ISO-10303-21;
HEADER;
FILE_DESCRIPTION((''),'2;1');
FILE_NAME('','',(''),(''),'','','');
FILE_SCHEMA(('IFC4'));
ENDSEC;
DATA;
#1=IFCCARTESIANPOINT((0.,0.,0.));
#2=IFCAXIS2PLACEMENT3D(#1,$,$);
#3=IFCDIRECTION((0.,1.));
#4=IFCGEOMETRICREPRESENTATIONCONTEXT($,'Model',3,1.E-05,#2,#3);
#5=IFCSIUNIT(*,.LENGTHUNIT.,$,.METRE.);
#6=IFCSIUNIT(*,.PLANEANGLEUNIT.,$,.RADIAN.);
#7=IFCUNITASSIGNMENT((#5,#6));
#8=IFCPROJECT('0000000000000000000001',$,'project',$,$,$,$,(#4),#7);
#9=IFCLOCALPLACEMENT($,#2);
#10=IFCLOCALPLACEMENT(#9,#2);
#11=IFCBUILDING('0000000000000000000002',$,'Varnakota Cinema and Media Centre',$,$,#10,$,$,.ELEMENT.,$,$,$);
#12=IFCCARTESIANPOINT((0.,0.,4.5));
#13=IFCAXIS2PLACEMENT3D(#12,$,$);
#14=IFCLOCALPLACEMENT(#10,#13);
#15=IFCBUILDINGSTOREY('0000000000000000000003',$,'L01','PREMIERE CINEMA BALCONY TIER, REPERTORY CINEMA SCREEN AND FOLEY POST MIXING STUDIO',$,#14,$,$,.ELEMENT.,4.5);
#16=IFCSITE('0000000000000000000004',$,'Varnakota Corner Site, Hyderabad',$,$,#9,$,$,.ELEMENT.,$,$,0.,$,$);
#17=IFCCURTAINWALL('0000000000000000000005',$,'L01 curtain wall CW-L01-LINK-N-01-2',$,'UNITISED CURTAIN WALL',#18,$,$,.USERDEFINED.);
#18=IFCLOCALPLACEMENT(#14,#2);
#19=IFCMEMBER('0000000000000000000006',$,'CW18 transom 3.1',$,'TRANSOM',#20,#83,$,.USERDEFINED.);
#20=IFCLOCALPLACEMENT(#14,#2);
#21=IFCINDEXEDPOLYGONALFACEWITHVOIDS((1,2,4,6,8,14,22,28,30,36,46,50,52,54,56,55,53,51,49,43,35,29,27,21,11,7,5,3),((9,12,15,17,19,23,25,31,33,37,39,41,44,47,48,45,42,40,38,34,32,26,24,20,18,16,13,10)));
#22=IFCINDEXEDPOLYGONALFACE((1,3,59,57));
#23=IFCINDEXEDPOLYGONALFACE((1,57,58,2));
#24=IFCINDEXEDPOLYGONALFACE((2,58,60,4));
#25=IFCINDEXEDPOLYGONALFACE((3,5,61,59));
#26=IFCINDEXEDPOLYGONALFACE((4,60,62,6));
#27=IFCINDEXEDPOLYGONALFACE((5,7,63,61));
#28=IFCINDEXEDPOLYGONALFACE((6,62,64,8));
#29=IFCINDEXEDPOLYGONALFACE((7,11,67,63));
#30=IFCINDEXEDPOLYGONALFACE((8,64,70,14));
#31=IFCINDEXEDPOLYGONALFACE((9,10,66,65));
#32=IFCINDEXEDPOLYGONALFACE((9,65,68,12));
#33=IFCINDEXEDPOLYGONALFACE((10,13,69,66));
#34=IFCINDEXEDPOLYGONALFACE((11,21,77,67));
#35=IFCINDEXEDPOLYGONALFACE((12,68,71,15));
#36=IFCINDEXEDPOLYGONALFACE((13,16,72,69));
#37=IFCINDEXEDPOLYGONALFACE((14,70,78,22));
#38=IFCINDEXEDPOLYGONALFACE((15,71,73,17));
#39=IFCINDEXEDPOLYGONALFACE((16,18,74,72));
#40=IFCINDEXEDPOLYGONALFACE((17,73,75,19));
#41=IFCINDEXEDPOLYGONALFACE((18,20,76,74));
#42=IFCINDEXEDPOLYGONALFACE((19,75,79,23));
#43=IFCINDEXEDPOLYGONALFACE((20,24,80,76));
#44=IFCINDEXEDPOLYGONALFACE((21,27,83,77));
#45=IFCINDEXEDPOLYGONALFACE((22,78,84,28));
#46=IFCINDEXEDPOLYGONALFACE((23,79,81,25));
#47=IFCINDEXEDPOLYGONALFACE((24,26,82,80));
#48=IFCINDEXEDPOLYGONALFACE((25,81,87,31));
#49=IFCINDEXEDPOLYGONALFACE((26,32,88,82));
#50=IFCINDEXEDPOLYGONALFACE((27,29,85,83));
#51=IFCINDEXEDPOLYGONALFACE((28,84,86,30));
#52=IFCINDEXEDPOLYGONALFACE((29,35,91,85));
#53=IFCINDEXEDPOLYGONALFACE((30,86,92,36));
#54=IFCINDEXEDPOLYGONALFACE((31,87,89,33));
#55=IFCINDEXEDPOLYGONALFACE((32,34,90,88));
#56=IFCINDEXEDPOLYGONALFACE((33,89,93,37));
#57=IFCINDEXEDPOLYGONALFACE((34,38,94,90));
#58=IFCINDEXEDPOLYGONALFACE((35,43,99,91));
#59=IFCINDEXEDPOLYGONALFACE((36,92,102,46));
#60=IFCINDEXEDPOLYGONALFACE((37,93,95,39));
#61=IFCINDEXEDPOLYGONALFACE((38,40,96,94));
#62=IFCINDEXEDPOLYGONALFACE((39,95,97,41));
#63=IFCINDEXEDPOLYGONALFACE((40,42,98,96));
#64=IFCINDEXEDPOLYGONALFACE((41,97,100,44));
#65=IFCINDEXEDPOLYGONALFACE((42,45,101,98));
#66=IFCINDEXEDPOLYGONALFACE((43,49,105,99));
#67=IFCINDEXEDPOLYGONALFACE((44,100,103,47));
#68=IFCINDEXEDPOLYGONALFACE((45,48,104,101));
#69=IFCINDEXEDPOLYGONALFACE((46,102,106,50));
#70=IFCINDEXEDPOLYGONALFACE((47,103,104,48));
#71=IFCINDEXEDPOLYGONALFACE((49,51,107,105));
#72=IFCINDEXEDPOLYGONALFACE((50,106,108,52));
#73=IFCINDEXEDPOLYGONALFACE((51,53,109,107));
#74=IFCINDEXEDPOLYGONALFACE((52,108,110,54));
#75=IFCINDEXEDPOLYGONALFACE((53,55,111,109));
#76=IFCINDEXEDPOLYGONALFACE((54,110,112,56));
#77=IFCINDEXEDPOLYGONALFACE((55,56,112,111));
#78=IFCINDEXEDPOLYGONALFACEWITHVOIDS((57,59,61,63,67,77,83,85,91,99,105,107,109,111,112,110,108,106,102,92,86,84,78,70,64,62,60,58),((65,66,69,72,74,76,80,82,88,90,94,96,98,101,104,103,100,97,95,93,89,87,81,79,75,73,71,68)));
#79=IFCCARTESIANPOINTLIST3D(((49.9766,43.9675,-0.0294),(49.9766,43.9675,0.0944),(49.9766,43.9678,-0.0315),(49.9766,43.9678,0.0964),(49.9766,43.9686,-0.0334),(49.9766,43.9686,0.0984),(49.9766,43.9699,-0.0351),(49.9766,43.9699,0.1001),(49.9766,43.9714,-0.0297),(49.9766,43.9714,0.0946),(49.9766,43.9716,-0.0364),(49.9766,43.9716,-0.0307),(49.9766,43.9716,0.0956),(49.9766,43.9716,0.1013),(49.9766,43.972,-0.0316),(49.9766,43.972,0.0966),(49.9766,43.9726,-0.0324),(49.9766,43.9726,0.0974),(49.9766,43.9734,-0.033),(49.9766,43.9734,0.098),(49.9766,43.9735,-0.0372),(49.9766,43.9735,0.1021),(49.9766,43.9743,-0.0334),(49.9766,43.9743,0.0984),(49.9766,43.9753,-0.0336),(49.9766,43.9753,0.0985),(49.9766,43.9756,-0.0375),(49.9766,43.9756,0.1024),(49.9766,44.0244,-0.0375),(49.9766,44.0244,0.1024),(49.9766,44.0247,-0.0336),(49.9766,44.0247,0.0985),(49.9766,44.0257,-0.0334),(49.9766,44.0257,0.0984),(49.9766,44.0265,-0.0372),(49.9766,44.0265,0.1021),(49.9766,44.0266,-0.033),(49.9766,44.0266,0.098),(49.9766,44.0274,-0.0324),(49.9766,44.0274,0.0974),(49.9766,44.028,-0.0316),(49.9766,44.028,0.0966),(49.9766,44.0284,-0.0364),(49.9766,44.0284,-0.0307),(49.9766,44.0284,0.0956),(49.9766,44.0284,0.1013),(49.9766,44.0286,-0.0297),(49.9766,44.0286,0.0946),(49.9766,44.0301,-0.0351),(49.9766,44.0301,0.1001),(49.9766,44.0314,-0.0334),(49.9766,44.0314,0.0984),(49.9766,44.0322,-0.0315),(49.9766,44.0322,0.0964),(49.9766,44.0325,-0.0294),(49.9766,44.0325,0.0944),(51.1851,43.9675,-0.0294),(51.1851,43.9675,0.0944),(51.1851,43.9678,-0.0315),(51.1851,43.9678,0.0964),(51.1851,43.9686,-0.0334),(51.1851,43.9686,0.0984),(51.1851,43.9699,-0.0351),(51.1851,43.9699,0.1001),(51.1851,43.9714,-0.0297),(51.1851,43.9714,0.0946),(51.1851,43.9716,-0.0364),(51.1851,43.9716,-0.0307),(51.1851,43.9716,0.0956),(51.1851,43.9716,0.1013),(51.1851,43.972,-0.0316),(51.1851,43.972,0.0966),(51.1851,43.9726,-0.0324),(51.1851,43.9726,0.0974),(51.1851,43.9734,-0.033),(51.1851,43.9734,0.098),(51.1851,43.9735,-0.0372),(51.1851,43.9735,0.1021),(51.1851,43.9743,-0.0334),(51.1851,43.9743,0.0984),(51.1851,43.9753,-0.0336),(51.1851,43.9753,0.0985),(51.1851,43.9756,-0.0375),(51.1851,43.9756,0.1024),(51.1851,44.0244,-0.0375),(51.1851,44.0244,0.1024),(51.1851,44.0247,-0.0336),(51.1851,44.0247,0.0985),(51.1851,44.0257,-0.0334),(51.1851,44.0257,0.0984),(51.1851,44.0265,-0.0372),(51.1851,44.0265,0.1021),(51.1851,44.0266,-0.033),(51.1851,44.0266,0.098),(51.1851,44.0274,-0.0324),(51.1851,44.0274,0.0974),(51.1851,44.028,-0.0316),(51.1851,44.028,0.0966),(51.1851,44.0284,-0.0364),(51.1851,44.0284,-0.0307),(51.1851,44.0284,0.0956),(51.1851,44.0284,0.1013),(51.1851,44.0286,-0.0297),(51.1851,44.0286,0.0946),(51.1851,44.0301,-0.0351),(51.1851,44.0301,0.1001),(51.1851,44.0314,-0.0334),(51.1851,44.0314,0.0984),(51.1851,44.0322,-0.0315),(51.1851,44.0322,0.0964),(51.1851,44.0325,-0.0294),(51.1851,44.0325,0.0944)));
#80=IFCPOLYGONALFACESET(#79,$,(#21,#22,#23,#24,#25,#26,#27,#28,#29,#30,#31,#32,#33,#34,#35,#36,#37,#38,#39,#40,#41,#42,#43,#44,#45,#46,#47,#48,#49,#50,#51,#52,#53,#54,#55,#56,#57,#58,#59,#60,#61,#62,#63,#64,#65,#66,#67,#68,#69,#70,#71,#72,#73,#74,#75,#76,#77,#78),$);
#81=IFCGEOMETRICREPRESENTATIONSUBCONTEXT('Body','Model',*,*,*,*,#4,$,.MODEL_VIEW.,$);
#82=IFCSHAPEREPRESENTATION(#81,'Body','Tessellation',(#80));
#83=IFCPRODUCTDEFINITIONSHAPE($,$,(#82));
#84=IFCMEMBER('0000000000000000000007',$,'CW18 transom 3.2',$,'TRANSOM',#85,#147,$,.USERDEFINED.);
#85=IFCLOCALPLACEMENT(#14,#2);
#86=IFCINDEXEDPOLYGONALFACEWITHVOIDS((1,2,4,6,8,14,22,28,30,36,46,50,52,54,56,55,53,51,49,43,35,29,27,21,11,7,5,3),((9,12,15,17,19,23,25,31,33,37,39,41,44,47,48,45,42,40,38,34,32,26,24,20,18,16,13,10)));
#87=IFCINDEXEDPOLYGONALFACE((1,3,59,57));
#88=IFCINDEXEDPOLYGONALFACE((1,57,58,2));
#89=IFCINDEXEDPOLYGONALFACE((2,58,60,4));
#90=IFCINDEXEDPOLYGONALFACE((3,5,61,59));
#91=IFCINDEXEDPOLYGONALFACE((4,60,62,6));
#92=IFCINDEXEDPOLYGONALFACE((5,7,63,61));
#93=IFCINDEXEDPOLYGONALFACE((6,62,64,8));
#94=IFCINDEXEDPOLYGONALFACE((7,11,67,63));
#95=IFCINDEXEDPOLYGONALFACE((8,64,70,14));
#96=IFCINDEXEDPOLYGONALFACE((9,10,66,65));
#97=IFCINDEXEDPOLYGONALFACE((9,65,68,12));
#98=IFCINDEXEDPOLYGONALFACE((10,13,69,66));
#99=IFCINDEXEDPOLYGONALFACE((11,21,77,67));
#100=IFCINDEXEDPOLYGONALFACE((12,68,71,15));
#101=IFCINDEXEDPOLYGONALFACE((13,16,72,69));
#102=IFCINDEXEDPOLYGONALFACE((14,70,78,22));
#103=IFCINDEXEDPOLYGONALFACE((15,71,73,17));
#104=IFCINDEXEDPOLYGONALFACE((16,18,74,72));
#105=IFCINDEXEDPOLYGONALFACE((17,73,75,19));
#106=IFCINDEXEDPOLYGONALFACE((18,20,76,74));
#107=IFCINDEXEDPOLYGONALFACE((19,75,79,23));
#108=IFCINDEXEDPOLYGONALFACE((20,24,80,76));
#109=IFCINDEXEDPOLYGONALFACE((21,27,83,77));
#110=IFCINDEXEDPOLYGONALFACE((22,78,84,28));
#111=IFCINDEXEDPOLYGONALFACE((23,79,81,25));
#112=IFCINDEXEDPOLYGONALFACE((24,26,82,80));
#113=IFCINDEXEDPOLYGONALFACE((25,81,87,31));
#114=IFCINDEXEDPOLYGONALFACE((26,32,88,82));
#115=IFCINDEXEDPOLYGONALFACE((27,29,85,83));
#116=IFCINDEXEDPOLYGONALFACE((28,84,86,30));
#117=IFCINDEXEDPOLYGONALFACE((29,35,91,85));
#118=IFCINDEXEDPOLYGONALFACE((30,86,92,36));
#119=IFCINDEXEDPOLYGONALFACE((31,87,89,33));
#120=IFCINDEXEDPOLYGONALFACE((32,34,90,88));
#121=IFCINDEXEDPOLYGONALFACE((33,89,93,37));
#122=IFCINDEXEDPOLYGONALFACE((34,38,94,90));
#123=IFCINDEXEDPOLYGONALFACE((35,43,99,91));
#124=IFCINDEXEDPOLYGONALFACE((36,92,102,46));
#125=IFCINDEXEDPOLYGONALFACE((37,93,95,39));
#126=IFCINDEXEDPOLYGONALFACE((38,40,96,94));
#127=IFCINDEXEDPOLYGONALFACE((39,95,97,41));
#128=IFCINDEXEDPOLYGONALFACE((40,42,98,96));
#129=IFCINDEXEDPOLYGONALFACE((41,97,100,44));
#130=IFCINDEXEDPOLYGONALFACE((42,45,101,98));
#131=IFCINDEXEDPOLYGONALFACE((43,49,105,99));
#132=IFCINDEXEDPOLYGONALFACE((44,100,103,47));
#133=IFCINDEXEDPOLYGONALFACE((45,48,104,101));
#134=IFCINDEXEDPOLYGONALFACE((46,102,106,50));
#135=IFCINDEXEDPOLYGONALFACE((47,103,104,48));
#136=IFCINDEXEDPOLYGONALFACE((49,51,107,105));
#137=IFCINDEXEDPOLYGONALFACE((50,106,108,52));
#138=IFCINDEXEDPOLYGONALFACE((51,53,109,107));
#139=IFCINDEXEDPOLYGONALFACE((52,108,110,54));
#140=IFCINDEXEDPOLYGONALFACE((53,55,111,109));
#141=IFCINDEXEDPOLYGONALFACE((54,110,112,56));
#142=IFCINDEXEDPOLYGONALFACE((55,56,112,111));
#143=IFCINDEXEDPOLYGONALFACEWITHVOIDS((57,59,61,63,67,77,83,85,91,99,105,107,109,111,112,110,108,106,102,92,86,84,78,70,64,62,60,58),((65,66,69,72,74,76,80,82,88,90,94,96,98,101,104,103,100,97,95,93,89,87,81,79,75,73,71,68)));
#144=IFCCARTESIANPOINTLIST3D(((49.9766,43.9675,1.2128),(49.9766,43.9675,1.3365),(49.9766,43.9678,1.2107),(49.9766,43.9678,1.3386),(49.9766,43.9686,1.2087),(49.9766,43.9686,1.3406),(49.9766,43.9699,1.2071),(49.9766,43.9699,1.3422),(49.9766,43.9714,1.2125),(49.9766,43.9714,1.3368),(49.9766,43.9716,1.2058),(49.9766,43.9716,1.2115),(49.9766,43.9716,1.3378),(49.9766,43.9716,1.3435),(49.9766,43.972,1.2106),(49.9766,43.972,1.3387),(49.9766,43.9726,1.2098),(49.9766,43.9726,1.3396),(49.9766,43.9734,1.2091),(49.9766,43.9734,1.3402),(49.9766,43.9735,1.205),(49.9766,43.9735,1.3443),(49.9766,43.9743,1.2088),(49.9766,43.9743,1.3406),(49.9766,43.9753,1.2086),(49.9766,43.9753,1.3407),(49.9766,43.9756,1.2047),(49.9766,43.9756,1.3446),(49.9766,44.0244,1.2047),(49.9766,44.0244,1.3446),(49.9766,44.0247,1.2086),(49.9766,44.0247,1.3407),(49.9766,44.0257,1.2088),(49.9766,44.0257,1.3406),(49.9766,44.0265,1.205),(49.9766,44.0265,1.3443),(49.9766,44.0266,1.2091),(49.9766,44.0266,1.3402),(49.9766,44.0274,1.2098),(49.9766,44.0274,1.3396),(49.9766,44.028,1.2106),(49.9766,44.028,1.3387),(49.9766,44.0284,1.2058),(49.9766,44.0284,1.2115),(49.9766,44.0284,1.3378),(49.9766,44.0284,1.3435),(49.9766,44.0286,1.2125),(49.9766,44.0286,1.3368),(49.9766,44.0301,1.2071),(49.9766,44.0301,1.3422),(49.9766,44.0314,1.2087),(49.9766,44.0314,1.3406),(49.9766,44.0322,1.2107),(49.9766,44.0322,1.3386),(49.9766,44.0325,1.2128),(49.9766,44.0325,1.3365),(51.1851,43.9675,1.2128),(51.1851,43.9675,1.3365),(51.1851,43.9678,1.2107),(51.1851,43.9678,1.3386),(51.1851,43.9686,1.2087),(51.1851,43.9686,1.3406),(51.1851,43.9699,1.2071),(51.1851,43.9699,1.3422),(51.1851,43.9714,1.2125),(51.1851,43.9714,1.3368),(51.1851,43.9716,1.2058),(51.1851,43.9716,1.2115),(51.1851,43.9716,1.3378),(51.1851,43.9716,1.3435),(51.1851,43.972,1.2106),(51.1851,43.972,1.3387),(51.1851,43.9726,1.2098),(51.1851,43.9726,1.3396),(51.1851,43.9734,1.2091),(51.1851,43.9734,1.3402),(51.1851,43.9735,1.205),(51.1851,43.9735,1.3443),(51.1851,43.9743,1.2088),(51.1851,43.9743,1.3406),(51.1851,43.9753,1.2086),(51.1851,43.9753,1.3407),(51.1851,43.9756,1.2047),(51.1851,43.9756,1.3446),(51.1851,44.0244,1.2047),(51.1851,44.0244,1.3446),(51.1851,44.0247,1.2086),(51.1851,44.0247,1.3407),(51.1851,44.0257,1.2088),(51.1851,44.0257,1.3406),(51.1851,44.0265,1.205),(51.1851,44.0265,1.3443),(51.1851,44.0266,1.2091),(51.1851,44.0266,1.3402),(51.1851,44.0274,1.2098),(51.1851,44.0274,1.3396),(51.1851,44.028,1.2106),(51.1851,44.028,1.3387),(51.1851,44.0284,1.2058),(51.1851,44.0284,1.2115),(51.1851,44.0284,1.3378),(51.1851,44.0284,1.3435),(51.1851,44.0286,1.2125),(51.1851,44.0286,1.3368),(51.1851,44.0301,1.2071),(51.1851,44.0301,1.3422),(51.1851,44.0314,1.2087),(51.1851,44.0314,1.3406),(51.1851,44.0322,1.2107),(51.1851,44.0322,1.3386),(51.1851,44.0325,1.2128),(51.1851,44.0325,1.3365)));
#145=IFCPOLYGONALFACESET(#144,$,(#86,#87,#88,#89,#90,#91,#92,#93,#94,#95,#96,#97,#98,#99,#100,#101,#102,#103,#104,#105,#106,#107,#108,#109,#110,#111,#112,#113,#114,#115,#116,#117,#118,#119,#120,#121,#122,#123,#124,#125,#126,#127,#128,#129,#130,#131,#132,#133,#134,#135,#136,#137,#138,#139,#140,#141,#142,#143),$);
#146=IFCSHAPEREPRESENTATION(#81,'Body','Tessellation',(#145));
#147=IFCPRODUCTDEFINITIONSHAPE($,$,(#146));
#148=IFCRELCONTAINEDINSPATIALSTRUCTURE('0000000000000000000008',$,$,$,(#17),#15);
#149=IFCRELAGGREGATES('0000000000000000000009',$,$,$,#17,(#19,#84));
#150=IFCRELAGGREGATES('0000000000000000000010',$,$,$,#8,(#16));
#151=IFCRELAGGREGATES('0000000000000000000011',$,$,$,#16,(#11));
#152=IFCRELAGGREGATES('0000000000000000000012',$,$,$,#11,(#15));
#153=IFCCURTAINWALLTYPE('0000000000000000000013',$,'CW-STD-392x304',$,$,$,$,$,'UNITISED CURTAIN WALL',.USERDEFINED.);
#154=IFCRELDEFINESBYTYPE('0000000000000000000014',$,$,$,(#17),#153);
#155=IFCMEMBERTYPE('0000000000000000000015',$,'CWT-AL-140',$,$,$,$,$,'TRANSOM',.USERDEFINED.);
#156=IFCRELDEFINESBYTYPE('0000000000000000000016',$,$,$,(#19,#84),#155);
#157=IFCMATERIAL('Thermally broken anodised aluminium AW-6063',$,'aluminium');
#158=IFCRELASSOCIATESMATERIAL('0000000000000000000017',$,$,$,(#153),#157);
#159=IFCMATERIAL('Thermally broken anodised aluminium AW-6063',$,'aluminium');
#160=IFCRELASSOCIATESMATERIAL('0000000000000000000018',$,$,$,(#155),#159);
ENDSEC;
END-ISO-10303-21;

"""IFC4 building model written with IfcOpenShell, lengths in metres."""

from ifc_helpers import new_model, si_unit, direction, frame, origin, origin_2d, place, context, subcontext, project, spatial, hollow_rectangle, extrude, material, material_profile, profile_set, type_object, element, aggregate, save


model = new_model("IFC4")

# Units and contexts
model_context = context("Model", 3, precision=1e-05, world=origin(), true_north=direction((0.0, 1.0)))
body_context = subcontext(model_context, "Body", "Model", "MODEL_VIEW")
ifc_project = project(units=[si_unit("LENGTHUNIT", "METRE"), si_unit("PLANEANGLEUNIT", "RADIAN")], contexts=[model_context])

# Site, building, storey
site_placement = place(None, origin())
site = spatial("IfcSite", under=ifc_project, at=site_placement, Name="Varnakota Corner Site, Hyderabad", CompositionType="ELEMENT", RefElevation=0.0)
building_placement = place(site_placement, origin())
building = spatial("IfcBuilding", under=site, at=building_placement, Name="Varnakota Cinema and Media Centre", CompositionType="ELEMENT")
storey_placement = place(building_placement, frame((0.0, 0.0, 4.5)))
storey = spatial("IfcBuildingStorey", under=building, at=storey_placement, Name="L01", Description="PREMIERE CINEMA BALCONY TIER, REPERTORY CINEMA SCREEN AND FOLEY POST MIXING STUDIO", CompositionType="ELEMENT", Elevation=4.5)

# Shared definitions
ifc_material_1 = material(Name="Thermally broken anodised aluminium AW-6063", Category="aluminium")
curtain_wall_type = type_object("IfcCurtainWallType", Name="CW-STD-392x304", ElementType="UNITISED CURTAIN WALL", PredefinedType="USERDEFINED", material=ifc_material_1)

# Curtain wall, members
curtain_wall_1_placement = place(storey_placement, origin())
curtain_wall_1 = element("IfcCurtainWall", 1, at=curtain_wall_1_placement, inside=storey, type_object=curtain_wall_type, Name="L01 curtain wall CW-L01-LINK-N-01-2", ObjectType="UNITISED CURTAIN WALL", PredefinedType="USERDEFINED")
ifc_material_2 = material(Name="Thermally broken anodised aluminium AW-6063", Category="aluminium")
ifc_material_profile_1 = material_profile(ifc_material_2, hollow_rectangle(XDim=0.0649, YDim=0.1399, WallThickness=0.0039, InnerFilletRadius=0.0039, OuterFilletRadius=0.0081, at=origin_2d()), Name="AL-TRANSOM 140x65x4")
ifc_profile_set_1 = profile_set([ifc_material_profile_1], Name="Thermally broken anodised aluminium AW-6063")
member_type_1 = type_object("IfcMemberType", Name="CWT-AL-140", ElementType="TRANSOM", PredefinedType="USERDEFINED", material=ifc_profile_set_1)
member_1_placement = place(storey_placement, frame((49.9766, 44.0, 0.0325), z_axis=(1.0, 0.0, 0.0), x_axis=(0.0, 1.0, 0.0)))
member_1 = element("IfcMember", 2, at=member_1_placement, type_object=member_type_1, Name="CW18 transom 3.1", ObjectType="TRANSOM", PredefinedType="USERDEFINED", context=body_context, shape_type="SweptSolid", body=[
    extrude(hollow_rectangle(XDim=0.0649, YDim=0.1399, WallThickness=0.0039, InnerFilletRadius=0.0039, OuterFilletRadius=0.0081, at=origin_2d()), origin(), (0.0, 0.0, 1.0), 1.2085),
])
member_2_placement = place(storey_placement, frame((49.9766, 44.0, 1.2747), z_axis=(1.0, 0.0, 0.0), x_axis=(0.0, 1.0, 0.0)))
member_2 = element("IfcMember", 3, at=member_2_placement, type_object=member_type_1, Name="CW18 transom 3.2", ObjectType="TRANSOM", PredefinedType="USERDEFINED", context=body_context, shape_type="SweptSolid", body=[
    extrude(hollow_rectangle(XDim=0.0649, YDim=0.1399, WallThickness=0.0039, InnerFilletRadius=0.0039, OuterFilletRadius=0.0081, at=origin_2d()), origin(), (0.0, 0.0, 1.0), 1.2085),
])

aggregate(curtain_wall_1, [member_1, member_2])

save(model, "model.ifc")
